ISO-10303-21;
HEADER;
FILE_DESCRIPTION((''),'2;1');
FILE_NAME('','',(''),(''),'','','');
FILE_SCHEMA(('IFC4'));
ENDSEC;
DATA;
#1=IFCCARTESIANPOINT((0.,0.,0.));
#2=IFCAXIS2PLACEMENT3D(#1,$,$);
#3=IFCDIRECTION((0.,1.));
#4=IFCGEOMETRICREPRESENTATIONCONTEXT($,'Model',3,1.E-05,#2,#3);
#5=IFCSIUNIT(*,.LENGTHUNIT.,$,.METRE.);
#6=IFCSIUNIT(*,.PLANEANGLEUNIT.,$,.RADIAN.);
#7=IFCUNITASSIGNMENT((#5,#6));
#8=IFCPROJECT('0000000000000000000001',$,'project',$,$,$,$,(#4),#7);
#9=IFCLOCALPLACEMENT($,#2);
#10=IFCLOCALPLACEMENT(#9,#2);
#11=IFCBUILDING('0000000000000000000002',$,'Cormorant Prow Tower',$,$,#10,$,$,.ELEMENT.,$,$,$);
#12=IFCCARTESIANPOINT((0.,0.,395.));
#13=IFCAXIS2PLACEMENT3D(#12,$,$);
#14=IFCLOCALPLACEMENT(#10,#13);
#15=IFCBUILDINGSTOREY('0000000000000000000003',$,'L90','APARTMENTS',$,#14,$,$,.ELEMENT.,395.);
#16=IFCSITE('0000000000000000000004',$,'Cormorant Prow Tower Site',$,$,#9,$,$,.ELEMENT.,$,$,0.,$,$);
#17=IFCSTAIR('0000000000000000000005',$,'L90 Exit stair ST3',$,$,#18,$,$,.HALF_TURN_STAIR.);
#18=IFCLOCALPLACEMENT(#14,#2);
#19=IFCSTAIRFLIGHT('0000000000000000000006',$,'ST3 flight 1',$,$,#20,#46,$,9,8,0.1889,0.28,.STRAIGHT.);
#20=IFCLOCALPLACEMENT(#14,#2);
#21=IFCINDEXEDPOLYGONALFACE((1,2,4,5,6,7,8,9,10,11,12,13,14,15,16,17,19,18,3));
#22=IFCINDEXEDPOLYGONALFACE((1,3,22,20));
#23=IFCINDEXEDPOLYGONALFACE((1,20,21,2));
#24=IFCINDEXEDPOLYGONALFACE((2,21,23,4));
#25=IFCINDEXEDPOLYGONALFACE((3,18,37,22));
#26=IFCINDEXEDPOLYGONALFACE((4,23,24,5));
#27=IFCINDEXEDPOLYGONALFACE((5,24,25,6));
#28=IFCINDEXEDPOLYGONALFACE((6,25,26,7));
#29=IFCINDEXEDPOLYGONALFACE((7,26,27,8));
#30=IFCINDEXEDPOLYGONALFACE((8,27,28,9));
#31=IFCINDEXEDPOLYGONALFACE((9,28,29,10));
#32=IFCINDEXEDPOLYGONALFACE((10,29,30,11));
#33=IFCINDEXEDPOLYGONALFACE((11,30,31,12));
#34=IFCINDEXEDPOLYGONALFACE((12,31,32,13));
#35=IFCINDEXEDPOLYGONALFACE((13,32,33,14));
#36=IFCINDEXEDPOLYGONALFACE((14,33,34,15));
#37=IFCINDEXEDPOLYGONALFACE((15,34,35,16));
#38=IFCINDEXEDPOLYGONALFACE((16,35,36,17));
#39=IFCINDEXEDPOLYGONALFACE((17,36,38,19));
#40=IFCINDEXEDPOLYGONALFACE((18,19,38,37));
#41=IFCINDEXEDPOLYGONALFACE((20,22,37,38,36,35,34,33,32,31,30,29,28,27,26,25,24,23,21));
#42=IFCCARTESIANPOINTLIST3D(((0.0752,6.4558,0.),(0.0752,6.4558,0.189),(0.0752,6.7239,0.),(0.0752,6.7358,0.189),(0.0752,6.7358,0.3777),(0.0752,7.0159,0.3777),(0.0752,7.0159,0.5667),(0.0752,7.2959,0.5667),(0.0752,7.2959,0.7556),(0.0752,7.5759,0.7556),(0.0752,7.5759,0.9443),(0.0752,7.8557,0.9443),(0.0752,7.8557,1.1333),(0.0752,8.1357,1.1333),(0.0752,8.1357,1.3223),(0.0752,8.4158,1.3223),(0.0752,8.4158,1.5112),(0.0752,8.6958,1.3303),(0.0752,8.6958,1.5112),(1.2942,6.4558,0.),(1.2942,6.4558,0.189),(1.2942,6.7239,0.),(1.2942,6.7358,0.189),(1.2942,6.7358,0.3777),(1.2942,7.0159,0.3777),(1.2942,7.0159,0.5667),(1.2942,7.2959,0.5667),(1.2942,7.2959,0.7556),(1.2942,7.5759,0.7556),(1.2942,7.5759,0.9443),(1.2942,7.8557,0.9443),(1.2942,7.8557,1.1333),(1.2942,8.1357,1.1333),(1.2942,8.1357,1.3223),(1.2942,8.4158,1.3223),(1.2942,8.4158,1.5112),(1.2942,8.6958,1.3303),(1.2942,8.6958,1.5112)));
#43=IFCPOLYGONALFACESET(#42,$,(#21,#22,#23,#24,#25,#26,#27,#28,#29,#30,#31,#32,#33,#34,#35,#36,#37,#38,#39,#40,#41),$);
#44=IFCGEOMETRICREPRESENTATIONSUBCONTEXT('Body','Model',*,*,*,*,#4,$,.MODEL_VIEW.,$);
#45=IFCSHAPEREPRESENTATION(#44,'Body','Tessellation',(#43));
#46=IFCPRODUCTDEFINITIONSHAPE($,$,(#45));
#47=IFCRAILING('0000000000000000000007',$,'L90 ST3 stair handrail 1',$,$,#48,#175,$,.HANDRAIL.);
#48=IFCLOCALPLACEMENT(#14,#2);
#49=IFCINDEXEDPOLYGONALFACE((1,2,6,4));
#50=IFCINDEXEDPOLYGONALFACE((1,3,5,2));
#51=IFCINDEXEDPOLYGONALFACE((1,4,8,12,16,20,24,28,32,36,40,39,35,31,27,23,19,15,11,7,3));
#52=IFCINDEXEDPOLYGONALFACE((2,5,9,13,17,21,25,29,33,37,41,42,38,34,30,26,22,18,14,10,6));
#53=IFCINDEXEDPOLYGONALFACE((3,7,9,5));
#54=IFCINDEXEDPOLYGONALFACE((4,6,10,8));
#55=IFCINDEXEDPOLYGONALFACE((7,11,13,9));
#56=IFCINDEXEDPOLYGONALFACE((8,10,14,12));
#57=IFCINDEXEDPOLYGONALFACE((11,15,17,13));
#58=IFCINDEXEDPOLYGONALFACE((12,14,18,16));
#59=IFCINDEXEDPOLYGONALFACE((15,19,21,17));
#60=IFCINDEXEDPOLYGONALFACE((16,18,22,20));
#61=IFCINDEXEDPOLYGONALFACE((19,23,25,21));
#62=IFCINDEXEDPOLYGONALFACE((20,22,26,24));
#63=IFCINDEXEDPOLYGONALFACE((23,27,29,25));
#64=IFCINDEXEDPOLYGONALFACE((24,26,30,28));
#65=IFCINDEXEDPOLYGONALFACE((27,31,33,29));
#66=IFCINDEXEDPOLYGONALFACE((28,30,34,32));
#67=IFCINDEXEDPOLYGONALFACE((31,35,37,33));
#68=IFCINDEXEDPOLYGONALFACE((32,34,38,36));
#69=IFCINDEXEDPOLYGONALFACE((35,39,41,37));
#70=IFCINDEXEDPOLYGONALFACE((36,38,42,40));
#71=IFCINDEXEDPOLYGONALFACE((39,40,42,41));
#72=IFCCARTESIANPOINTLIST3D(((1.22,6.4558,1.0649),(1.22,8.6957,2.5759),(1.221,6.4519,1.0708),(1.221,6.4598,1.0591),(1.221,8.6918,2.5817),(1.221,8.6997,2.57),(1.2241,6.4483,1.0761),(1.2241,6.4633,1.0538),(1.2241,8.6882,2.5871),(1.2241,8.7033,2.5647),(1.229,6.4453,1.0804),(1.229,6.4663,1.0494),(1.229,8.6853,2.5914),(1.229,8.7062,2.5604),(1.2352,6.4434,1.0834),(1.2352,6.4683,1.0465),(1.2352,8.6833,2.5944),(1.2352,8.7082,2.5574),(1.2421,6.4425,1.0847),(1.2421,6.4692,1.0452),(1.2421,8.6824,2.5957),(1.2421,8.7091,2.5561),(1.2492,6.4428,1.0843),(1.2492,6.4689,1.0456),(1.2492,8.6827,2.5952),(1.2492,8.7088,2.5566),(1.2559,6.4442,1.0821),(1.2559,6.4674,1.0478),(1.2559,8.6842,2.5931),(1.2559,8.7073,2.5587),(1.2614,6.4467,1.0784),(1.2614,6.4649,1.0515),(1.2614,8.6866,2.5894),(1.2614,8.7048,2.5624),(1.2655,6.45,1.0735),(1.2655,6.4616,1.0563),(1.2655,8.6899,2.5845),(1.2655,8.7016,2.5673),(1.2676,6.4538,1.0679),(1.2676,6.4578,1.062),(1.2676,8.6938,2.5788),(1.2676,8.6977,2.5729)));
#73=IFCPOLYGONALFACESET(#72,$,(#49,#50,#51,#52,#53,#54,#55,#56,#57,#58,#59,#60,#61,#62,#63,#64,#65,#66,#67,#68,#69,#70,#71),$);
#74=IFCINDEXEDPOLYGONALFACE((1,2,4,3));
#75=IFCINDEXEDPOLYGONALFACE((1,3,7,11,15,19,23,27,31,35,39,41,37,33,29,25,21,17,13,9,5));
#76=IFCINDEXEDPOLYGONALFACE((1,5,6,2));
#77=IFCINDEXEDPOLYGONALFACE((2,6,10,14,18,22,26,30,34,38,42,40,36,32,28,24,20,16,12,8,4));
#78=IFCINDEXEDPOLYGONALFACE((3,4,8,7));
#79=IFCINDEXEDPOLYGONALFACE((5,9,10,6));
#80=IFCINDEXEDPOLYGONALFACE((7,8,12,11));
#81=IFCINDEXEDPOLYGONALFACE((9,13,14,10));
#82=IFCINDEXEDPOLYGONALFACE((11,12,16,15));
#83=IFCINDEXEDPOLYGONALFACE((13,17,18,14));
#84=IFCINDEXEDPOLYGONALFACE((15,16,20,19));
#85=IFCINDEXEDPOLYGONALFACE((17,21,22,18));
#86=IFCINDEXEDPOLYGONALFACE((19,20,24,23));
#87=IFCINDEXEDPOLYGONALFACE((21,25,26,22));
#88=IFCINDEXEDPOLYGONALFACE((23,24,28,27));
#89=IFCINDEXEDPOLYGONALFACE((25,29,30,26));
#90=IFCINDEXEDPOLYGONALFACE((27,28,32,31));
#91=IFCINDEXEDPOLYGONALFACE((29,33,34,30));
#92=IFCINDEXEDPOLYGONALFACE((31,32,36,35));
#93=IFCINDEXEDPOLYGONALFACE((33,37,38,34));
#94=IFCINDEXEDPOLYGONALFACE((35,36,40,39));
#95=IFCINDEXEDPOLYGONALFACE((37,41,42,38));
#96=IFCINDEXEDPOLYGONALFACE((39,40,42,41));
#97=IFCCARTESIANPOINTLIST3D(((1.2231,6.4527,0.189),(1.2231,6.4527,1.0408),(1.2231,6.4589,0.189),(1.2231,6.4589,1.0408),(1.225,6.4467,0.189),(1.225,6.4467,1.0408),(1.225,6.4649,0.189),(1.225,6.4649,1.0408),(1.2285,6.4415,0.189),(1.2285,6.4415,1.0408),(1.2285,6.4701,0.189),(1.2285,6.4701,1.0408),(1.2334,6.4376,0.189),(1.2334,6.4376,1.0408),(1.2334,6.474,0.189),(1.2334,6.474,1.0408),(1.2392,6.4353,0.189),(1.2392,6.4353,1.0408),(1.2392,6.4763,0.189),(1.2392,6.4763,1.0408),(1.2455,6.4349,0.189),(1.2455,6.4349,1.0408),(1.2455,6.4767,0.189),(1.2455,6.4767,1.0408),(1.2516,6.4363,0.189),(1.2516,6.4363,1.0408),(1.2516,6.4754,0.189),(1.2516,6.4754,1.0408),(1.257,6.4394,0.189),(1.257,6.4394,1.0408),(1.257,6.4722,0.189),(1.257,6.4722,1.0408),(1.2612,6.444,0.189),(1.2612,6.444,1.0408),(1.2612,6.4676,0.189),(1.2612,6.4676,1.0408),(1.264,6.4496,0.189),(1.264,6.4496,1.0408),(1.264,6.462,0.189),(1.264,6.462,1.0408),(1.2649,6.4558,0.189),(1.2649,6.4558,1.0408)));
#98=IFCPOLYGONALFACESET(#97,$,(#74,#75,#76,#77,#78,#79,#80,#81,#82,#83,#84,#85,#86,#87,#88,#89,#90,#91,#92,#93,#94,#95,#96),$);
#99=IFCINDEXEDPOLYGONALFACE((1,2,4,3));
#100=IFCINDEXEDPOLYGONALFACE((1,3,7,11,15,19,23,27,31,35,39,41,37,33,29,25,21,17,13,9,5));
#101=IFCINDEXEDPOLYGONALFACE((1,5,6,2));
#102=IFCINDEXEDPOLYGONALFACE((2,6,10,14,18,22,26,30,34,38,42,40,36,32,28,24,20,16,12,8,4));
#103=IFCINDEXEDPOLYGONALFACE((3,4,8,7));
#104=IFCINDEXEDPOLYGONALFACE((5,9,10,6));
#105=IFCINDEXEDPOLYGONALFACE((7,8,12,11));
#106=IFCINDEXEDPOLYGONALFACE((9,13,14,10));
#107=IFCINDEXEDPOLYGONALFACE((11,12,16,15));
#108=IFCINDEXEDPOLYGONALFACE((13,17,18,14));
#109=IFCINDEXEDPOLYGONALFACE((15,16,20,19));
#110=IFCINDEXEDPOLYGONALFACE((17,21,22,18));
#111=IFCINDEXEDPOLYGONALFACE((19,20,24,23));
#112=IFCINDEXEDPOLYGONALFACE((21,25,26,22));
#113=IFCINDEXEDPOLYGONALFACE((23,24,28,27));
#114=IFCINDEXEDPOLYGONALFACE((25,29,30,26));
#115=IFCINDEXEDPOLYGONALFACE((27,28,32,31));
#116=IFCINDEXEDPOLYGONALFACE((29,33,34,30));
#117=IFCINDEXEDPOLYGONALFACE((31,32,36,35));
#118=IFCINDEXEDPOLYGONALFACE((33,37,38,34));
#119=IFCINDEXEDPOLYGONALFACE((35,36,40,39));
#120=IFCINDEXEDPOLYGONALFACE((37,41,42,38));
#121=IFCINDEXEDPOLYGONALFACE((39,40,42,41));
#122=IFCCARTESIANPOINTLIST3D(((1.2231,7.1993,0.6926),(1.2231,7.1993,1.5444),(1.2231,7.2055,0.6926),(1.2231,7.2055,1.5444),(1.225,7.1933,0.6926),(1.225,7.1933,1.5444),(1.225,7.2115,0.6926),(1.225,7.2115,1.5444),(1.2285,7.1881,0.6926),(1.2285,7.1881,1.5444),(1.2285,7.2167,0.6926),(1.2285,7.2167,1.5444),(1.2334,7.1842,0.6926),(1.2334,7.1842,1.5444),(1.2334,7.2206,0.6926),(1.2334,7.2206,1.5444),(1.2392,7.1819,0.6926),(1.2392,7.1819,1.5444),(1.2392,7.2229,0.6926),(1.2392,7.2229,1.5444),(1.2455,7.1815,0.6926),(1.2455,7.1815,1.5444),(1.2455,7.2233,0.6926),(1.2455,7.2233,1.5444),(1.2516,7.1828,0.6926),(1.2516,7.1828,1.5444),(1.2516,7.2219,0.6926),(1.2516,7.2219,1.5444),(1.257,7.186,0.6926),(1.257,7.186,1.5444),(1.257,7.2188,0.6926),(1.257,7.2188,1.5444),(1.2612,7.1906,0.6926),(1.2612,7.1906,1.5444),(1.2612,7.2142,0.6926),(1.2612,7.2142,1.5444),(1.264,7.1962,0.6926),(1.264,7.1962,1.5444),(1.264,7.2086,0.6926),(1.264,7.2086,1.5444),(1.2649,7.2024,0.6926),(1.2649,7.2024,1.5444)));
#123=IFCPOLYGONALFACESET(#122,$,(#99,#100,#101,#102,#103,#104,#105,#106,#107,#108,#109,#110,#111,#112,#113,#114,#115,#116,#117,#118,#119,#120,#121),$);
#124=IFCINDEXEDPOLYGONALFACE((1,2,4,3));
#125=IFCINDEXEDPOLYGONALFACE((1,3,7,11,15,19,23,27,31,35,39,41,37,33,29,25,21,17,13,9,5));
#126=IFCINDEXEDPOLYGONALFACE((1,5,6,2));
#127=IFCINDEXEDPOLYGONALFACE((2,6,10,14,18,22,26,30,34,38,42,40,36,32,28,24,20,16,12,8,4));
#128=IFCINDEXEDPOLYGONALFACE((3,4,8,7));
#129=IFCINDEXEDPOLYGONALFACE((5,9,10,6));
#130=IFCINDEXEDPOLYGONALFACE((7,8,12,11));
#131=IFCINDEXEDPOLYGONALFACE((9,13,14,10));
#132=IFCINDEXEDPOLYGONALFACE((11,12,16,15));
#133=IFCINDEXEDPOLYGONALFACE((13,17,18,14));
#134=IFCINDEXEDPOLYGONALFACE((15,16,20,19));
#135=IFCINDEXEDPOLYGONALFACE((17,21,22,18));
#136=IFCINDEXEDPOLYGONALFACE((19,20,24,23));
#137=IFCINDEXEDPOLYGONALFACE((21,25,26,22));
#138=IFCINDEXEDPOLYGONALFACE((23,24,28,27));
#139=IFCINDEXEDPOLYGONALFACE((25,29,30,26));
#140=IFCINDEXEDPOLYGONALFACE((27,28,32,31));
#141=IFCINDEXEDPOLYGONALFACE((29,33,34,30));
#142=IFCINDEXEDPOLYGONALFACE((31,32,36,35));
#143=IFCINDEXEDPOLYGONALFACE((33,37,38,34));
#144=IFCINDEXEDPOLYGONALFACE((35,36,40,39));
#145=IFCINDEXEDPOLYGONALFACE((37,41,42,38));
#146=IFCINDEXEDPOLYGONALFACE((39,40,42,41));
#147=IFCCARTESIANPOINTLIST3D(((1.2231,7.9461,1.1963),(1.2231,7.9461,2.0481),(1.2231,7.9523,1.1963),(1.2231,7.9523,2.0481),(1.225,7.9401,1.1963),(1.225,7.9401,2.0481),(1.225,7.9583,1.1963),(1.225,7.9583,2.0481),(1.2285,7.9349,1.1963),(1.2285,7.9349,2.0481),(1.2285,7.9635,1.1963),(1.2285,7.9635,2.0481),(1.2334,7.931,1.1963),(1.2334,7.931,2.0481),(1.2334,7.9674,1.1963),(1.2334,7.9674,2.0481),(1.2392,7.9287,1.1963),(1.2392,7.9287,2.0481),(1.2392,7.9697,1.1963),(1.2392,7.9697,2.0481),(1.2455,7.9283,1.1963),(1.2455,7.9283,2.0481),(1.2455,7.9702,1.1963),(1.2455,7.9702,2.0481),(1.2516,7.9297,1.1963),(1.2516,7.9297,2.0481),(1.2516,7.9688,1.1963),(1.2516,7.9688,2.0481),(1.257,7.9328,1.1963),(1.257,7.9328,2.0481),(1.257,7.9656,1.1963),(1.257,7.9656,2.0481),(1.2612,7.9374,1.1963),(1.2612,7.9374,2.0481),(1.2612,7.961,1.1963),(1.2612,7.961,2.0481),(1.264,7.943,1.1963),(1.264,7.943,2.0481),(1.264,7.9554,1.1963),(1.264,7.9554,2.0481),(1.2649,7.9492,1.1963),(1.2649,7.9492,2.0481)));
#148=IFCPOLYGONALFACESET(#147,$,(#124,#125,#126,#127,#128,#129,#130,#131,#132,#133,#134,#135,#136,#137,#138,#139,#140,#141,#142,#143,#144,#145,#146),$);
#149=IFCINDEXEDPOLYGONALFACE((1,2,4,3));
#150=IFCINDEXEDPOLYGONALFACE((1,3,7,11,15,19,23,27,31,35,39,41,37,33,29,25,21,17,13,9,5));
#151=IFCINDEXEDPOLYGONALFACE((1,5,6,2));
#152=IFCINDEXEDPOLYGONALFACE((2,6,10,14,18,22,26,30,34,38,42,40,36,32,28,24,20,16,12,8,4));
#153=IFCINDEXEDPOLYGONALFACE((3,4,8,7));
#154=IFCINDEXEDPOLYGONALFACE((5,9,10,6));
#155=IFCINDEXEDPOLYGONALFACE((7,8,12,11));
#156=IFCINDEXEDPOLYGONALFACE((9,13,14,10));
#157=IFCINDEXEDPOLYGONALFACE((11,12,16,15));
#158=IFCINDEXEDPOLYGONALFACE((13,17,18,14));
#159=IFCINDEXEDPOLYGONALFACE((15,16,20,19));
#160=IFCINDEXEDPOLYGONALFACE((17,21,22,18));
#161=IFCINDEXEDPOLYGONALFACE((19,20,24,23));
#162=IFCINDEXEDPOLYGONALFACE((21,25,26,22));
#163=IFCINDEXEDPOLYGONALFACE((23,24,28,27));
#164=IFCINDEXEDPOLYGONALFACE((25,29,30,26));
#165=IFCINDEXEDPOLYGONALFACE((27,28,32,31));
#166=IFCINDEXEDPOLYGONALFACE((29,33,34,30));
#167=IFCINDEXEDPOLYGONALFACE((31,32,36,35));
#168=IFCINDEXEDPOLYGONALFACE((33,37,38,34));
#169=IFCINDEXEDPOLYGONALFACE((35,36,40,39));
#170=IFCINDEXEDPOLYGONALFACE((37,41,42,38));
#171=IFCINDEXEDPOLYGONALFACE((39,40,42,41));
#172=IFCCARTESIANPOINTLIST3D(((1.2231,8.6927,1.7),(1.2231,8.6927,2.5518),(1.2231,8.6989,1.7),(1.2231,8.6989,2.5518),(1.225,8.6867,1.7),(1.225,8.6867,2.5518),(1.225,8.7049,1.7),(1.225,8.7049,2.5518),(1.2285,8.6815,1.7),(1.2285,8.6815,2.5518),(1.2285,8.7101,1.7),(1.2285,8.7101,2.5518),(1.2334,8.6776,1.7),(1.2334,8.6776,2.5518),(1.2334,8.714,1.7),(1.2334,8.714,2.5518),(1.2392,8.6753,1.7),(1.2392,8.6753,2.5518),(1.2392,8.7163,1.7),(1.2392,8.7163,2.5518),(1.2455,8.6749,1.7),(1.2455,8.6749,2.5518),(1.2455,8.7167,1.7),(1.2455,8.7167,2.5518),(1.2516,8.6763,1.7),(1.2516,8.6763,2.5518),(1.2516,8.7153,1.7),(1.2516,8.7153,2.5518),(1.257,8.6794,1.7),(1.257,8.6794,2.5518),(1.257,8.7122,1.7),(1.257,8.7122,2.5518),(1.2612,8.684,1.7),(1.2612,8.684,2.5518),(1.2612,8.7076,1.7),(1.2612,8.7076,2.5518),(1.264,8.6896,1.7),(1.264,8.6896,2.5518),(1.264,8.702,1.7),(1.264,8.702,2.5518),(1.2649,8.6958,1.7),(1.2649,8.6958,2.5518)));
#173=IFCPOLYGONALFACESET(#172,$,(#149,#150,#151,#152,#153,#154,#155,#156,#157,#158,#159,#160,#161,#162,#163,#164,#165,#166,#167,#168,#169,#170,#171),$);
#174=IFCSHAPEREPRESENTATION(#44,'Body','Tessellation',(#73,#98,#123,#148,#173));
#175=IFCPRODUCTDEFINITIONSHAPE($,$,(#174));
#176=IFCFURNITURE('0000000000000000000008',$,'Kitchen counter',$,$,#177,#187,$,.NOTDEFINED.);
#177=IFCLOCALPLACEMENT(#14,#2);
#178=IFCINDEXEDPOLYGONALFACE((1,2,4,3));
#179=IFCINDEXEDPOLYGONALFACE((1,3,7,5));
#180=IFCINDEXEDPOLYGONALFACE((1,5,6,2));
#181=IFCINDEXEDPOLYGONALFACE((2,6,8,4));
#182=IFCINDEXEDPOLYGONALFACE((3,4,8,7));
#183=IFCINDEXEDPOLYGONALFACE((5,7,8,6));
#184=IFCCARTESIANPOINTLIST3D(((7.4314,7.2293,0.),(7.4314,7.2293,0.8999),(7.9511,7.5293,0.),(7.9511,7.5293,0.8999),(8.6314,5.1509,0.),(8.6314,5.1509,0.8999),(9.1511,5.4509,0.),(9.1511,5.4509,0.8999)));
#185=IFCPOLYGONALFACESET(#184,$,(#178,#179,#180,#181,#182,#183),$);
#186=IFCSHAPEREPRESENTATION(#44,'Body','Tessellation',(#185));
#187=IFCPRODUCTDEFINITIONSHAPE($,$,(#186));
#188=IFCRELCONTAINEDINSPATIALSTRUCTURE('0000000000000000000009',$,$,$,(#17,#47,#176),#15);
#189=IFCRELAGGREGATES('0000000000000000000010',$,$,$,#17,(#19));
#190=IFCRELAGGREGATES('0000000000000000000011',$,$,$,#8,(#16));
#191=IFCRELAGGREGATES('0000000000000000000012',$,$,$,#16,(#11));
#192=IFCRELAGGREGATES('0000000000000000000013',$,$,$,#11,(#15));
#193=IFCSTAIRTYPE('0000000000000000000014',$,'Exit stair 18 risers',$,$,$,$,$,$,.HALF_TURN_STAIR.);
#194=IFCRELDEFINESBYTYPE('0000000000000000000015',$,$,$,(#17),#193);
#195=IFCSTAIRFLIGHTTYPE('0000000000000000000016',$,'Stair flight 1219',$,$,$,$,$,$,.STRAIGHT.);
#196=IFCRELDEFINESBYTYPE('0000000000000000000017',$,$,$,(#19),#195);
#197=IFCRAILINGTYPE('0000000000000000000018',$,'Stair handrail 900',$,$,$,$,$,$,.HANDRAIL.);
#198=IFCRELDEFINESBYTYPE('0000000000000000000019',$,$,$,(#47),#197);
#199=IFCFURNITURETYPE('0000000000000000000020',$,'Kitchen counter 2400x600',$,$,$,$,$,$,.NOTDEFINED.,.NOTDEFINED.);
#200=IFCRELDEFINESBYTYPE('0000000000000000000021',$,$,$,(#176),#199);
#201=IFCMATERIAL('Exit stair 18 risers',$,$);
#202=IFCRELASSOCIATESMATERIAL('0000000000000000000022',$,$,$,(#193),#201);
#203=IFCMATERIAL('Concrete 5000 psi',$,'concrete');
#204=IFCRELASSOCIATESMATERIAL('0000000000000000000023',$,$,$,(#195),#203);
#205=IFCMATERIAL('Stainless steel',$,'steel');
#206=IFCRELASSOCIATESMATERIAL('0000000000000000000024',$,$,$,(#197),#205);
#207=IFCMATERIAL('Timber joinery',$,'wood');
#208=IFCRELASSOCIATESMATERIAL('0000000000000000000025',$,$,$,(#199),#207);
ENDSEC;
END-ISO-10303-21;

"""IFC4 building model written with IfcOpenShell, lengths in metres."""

from ifc_helpers import new_model, si_unit, direction, frame, origin, origin_2d, place, context, subcontext, project, spatial, polyline, rectangle, circle, outline, extrude, material, type_object, element, aggregate, save


model = new_model("IFC4")

# Units and contexts
model_context = context("Model", 3, precision=1e-05, world=origin(), true_north=direction((0.0, 1.0)))
body_context = subcontext(model_context, "Body", "Model", "MODEL_VIEW")
ifc_project = project(units=[si_unit("LENGTHUNIT", "METRE"), si_unit("PLANEANGLEUNIT", "RADIAN")], contexts=[model_context])

# Site, building, storey
site_placement = place(None, origin())
site = spatial("IfcSite", under=ifc_project, at=site_placement, Name="Cormorant Prow Tower Site", CompositionType="ELEMENT", RefElevation=0.0)
building_placement = place(site_placement, origin())
building = spatial("IfcBuilding", under=site, at=building_placement, Name="Cormorant Prow Tower", CompositionType="ELEMENT")
storey_placement = place(building_placement, frame((0.0, 0.0, 395.0)))
storey = spatial("IfcBuildingStorey", under=building, at=storey_placement, Name="L90", Description="APARTMENTS", CompositionType="ELEMENT", Elevation=395.0)

# Stair
ifc_material_1 = material(Name="Exit stair 18 risers")
stair_type = type_object("IfcStairType", Name="Exit stair 18 risers", PredefinedType="HALF_TURN_STAIR", material=ifc_material_1)
stair_1_placement = place(storey_placement, origin())
stair_1 = element("IfcStair", 1, at=stair_1_placement, inside=storey, type_object=stair_type, Name="L90 Exit stair ST3", PredefinedType="HALF_TURN_STAIR")

# Stair flight
ifc_material_2 = material(Name="Concrete 5000 psi", Category="concrete")
stair_flight_type = type_object("IfcStairFlightType", Name="Stair flight 1219", PredefinedType="STRAIGHT", material=ifc_material_2)
stair_flight_placement = place(storey_placement, frame((0.6846, 6.4558, 0.0), z_axis=(0.0, 0.0, 1.0), x_axis=(0.0, 1.0, 0.0)))
stair_flight = element("IfcStairFlight", 2, at=stair_flight_placement, type_object=stair_flight_type, Name="ST3 flight 1", NumberOfRisers=9, NumberOfTreads=8, PredefinedType="STRAIGHT", RiserHeight=0.1889, TreadLength=0.28, context=body_context, shape_type="SweptSolid", body=[
    extrude(outline(polyline([(0.0, 0.0), (0.0, 0.189), (0.28, 0.189), (0.28, 0.3777), (0.5601, 0.3777), (0.5601, 0.5667), (0.8401, 0.5667), (0.8401, 0.7556), (1.1201, 0.7556), (1.1201, 0.9443), (1.3999, 0.9443), (1.3999, 1.1333), (1.6799, 1.1333), (1.6799, 1.3223), (1.96, 1.3223), (1.96, 1.5112), (2.24, 1.5112), (2.24, 1.7), (2.24, 1.3303), (0.2681, 0.0), (0.0, 0.0)])), frame((0.0, 0.6094, 0.0), z_axis=(0.0, -1.0, 0.0), x_axis=(1.0, 0.0, 0.0)), (0.0, 0.0, 1.0), 1.219),
])
aggregate(stair_1, [stair_flight])

# Railing
ifc_material_3 = material(Name="Stainless steel", Category="steel")
railing_type_1 = type_object("IfcRailingType", Name="Stair handrail 900", PredefinedType="HANDRAIL", material=ifc_material_3)
railing_1_placement = place(storey_placement, frame((1.2439, 6.4558, 0.189)))
element("IfcRailing", 3, at=railing_1_placement, inside=storey, type_object=railing_type_1, Name="L90 ST3 stair handrail 1", PredefinedType="HANDRAIL", context=body_context, shape_type="SweptSolid", body=[
    extrude(circle(Radius=0.0239, at=origin_2d()), frame((0.0, 0.0, 0.876), z_axis=(0.0, 0.829021, 0.559217), x_axis=(-1.0, 0.0, 0.0)), (0.0, 0.0, 1.0), 2.7019),
    extrude(circle(Radius=0.021, at=origin_2d()), origin(), (0.0, 0.0, 1.0), 0.8518),
    extrude(circle(Radius=0.021, at=origin_2d()), frame((0.0, 0.7466, 0.5037)), (0.0, 0.0, 1.0), 0.8518),
    extrude(circle(Radius=0.021, at=origin_2d()), frame((0.0, 1.4934, 1.0073)), (0.0, 0.0, 1.0), 0.8518),
    extrude(circle(Radius=0.021, at=origin_2d()), frame((0.0, 2.24, 1.511)), (0.0, 0.0, 1.0), 0.8518),
])

# Furniture
ifc_material_4 = material(Name="Timber joinery", Category="wood")
furniture_type = type_object("IfcFurnitureType", Name="Kitchen counter 2400x600", AssemblyPlace="NOTDEFINED", PredefinedType="NOTDEFINED", material=ifc_material_4)
furniture_placement = place(storey_placement, frame((8.2913, 6.3401, 0.0), z_axis=(0.0, 0.0, 1.0), x_axis=(-0.5, 0.866025, 0.0)))
element("IfcFurniture", 4, at=furniture_placement, inside=storey, type_object=furniture_type, Name="Kitchen counter", PredefinedType="NOTDEFINED", context=body_context, shape_type="SweptSolid", body=[
    extrude(rectangle(XDim=2.3999, YDim=0.6001, at=origin_2d()), origin(), (0.0, 0.0, 1.0), 0.8999),
])

save(model, "model.ifc")
